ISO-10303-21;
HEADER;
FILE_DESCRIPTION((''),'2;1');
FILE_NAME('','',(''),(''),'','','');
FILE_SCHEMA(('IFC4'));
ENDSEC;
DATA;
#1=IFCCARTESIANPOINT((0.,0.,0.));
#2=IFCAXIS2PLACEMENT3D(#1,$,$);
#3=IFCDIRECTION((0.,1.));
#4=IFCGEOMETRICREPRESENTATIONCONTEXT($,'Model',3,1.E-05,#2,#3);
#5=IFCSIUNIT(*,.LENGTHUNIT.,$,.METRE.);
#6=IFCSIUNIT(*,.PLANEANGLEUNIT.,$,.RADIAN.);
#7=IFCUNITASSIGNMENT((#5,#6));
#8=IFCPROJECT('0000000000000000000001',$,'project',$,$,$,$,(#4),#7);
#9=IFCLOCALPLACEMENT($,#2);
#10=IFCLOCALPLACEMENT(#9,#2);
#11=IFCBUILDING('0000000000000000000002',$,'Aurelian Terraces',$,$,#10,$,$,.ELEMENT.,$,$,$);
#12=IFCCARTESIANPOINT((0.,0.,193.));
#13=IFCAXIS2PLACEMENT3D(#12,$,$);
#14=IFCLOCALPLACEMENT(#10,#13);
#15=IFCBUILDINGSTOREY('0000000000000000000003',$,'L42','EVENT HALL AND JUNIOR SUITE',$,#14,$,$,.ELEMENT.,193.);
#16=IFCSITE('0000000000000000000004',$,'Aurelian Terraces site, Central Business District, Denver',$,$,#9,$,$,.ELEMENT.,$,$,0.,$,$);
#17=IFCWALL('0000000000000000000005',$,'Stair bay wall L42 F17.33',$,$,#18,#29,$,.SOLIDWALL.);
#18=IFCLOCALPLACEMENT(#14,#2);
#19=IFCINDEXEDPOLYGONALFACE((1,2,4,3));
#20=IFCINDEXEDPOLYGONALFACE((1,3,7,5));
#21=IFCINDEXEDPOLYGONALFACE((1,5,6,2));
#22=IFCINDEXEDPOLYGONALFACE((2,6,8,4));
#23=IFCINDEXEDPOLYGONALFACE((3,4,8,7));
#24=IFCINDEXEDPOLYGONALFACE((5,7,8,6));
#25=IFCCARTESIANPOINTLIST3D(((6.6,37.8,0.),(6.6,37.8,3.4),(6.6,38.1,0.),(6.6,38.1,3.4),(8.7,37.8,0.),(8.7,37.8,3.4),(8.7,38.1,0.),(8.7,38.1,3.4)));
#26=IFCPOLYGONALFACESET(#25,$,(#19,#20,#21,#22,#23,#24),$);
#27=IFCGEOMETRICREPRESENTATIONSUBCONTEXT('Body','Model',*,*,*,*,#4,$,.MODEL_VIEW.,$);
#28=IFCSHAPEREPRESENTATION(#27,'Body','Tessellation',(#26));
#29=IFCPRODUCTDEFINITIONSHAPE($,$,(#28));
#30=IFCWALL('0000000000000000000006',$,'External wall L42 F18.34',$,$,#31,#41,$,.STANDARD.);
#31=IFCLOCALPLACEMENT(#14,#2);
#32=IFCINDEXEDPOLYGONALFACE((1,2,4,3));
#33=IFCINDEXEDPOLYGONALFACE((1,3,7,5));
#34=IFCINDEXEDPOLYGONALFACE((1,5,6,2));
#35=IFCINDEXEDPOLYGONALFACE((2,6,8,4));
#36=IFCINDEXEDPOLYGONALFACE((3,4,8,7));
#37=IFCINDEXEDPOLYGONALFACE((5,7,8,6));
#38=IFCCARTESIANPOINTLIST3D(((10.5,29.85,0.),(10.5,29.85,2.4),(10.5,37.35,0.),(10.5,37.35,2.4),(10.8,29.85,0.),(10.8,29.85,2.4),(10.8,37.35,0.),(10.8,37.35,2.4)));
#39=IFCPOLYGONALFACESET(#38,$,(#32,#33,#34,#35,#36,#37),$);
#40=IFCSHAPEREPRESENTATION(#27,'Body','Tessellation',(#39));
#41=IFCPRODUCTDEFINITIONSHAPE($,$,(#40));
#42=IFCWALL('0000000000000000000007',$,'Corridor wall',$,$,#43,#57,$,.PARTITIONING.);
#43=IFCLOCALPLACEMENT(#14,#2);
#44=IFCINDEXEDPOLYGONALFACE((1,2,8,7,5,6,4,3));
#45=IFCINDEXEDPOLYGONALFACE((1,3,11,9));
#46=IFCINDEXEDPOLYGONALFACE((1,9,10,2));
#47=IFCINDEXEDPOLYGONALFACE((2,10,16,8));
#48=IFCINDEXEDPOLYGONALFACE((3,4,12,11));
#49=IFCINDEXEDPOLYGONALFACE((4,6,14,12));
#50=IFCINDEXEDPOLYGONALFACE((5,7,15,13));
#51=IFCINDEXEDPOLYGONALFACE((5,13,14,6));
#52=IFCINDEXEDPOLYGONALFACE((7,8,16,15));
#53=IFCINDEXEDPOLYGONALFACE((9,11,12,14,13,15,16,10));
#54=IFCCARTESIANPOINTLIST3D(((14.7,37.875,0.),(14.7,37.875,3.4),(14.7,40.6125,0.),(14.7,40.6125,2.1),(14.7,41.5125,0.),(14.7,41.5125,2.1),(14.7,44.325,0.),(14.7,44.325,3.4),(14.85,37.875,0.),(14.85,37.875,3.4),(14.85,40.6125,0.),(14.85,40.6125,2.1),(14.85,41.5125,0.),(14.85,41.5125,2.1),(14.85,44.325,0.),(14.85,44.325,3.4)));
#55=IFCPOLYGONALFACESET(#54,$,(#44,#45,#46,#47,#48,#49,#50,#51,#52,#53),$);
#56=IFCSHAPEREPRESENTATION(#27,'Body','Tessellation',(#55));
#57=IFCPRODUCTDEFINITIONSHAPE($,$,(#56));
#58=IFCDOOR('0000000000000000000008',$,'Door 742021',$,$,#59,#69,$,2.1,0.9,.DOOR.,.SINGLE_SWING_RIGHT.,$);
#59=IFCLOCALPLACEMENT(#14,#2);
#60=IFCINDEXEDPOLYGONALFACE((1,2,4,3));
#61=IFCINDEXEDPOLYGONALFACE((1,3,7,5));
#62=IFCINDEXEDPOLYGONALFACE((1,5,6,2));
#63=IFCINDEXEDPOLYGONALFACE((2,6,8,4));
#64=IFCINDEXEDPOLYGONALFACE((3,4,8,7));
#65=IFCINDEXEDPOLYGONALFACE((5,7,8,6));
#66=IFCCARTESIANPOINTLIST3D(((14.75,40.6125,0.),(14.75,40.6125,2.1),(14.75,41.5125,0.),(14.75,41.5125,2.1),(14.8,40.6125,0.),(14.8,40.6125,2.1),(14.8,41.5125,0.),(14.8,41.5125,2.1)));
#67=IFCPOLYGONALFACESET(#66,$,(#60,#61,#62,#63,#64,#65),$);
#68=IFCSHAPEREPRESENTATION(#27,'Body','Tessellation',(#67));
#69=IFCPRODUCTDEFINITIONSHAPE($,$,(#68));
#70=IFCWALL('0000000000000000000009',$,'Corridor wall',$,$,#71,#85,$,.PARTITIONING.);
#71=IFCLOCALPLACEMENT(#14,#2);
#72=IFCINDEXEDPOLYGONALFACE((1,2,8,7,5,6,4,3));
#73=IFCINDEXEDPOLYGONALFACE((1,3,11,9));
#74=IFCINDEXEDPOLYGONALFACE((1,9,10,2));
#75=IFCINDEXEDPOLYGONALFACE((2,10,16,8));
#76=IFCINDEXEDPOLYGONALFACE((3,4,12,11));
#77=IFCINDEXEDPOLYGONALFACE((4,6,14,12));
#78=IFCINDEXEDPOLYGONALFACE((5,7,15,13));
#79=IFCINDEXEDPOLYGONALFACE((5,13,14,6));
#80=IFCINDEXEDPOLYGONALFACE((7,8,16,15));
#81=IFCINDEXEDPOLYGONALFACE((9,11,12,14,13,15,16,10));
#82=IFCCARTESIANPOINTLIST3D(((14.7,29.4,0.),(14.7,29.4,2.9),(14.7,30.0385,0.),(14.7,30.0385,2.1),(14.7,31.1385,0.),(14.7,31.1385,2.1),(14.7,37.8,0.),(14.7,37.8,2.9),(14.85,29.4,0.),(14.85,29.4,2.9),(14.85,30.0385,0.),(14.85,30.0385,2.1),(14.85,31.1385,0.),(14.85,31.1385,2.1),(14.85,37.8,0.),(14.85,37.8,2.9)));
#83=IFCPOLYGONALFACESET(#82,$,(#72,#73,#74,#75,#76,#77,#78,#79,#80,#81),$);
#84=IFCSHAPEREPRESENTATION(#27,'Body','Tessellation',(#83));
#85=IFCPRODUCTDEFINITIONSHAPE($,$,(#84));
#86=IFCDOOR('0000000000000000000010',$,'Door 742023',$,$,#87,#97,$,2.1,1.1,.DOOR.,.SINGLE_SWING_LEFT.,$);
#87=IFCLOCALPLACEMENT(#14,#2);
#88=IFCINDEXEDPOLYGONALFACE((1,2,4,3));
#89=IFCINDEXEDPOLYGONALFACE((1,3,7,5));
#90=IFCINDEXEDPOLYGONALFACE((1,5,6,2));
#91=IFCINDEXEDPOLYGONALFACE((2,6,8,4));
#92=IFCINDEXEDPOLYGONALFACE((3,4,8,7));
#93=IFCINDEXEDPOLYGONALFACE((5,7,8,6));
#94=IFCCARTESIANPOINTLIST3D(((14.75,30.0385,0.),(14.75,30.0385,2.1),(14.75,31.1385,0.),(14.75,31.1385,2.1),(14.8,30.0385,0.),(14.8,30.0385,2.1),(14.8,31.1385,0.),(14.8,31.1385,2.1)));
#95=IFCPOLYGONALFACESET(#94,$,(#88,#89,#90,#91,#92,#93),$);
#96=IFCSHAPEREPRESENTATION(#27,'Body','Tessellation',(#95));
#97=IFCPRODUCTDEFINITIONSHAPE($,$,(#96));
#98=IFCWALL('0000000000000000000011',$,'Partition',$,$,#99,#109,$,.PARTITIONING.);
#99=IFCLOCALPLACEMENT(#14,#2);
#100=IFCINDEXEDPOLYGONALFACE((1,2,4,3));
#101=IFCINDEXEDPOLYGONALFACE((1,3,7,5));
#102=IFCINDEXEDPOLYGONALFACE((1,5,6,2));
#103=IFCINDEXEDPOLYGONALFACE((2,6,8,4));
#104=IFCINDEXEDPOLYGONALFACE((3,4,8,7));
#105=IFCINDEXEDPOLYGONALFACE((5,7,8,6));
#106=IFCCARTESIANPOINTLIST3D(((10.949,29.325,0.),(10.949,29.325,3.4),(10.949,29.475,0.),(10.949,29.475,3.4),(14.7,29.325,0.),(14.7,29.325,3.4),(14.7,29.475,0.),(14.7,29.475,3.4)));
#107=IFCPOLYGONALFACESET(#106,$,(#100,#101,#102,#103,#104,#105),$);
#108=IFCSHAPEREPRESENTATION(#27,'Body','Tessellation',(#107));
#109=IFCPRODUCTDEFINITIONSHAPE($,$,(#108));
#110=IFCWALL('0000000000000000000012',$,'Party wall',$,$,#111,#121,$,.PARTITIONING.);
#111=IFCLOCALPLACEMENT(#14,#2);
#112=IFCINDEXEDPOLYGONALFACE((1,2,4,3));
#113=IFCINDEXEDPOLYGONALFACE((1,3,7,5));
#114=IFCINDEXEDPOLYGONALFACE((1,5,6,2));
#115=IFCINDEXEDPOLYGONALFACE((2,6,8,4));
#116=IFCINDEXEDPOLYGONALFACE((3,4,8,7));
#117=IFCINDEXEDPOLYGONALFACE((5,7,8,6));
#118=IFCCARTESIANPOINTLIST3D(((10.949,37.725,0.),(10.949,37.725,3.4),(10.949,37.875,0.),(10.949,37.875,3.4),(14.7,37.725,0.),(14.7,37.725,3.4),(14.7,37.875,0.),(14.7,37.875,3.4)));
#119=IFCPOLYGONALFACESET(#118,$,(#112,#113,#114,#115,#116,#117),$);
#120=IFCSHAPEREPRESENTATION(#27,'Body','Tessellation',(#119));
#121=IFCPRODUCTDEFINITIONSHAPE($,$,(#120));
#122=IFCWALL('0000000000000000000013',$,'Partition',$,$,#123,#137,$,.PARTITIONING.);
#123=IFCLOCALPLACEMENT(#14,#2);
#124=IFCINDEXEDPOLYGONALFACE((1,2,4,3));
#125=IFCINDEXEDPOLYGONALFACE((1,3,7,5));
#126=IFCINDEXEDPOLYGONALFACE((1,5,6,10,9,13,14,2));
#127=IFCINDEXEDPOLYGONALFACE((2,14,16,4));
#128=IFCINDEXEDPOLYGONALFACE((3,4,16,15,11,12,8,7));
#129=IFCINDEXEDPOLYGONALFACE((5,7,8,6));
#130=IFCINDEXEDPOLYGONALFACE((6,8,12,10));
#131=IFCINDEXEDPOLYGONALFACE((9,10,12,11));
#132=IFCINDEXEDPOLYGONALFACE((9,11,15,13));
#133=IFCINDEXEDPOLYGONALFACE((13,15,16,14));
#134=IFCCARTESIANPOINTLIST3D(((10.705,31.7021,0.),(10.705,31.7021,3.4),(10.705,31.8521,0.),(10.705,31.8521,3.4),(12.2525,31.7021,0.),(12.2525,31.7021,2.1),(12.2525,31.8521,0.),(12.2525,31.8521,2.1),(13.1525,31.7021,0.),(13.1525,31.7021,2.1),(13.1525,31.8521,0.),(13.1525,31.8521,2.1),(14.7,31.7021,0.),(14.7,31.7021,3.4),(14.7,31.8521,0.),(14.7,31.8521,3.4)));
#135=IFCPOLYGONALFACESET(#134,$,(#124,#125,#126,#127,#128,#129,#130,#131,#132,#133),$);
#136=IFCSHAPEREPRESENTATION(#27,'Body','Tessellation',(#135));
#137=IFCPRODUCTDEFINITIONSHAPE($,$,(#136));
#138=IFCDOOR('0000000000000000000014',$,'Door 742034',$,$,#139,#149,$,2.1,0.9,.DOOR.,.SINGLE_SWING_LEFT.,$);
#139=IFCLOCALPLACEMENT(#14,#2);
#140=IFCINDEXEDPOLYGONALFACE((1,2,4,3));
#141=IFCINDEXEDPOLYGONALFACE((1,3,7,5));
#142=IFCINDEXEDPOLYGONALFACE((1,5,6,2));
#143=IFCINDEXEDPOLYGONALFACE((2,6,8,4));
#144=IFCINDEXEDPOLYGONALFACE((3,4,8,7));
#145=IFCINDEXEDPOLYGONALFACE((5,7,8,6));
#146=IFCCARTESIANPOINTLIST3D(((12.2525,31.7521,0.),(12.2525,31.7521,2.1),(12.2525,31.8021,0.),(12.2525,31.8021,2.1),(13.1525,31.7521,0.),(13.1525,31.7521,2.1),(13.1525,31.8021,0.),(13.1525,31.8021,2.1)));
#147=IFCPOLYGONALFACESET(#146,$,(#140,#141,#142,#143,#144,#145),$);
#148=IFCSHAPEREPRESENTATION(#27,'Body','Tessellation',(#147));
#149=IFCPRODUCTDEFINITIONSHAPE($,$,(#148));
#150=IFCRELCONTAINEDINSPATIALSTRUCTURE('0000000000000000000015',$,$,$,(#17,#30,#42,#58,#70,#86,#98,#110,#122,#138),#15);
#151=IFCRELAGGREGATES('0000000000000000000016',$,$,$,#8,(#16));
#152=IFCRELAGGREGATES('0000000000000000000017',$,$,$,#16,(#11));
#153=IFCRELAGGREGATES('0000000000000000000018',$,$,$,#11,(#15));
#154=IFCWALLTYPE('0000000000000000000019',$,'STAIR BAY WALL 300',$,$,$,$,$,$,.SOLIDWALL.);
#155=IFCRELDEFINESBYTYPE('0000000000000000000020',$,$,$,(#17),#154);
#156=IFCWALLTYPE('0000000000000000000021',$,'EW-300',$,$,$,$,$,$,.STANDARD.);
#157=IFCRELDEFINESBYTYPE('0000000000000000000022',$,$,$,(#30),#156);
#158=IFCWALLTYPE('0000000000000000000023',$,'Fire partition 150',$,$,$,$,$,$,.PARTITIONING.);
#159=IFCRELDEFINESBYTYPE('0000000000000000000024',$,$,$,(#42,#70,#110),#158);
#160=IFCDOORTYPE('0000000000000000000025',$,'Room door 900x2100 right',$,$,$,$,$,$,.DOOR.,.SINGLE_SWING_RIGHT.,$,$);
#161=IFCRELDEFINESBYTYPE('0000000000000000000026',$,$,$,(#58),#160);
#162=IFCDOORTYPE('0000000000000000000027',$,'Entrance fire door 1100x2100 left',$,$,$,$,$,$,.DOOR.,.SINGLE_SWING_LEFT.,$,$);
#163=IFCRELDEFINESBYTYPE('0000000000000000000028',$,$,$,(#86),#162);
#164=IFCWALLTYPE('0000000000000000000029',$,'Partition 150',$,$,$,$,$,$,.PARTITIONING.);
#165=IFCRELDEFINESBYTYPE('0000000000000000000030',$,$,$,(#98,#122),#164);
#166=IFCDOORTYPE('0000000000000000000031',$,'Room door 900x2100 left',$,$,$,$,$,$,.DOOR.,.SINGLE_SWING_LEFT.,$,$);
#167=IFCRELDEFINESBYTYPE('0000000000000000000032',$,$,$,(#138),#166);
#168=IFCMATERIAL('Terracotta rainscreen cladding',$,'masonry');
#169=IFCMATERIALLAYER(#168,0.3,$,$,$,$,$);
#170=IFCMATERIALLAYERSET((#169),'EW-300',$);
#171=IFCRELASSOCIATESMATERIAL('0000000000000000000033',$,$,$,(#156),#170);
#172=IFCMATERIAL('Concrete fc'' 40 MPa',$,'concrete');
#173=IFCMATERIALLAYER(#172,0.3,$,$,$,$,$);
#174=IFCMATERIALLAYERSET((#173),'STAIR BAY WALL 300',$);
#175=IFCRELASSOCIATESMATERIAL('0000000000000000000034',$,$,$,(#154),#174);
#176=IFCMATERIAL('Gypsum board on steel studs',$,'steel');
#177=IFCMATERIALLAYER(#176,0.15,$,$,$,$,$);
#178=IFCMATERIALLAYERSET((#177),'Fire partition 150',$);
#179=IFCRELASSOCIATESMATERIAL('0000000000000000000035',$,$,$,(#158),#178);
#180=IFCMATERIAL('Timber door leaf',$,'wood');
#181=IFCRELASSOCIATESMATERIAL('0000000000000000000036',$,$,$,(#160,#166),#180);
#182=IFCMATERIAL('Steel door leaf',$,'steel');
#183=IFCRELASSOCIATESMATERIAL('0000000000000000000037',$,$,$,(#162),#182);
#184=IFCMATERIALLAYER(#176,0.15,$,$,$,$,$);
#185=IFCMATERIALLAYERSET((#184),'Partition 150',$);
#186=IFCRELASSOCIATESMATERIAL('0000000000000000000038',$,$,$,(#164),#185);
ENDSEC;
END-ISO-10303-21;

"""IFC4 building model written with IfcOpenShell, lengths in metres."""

from ifc_helpers import new_model, si_unit, direction, frame, frame_2d, origin, place, context, subcontext, project, spatial, rectangle, extrude, source, transform, mapped, material, layer, layer_set, type_object, element, fill, save


model = new_model("IFC4")

# Units and contexts
model_context = context("Model", 3, precision=1e-05, world=origin(), true_north=direction((0.0, 1.0)))
body_context = subcontext(model_context, "Body", "Model", "MODEL_VIEW")
ifc_project = project(units=[si_unit("LENGTHUNIT", "METRE"), si_unit("PLANEANGLEUNIT", "RADIAN")], contexts=[model_context])

# Site, building, storey
site_placement = place(None, origin())
site = spatial("IfcSite", under=ifc_project, at=site_placement, Name="Aurelian Terraces site, Central Business District, Denver", CompositionType="ELEMENT", RefElevation=0.0)
building_placement = place(site_placement, origin())
building = spatial("IfcBuilding", under=site, at=building_placement, Name="Aurelian Terraces", CompositionType="ELEMENT")
storey_placement = place(building_placement, frame((0.0, 0.0, 193.0)))
storey = spatial("IfcBuildingStorey", under=building, at=storey_placement, Name="L42", Description="EVENT HALL AND JUNIOR SUITE", CompositionType="ELEMENT", Elevation=193.0)

# Shared definitions
ifc_material_1 = material(Name="Concrete fc' 40 MPa", Category="concrete")

# Shared definitions
ifc_material_2 = material(Name="Terracotta rainscreen cladding", Category="masonry")
ifc_layer_1 = layer(ifc_material_2, 0.3)
ifc_layer_set_1 = layer_set([ifc_layer_1], Name="EW-300")
wall_type_1 = type_object("IfcWallType", Name="EW-300", PredefinedType="STANDARD", material=ifc_layer_set_1)

# Walls
ifc_layer_2 = layer(ifc_material_1, 0.3)
ifc_layer_set_2 = layer_set([ifc_layer_2], Name="STAIR BAY WALL 300")
wall_type_2 = type_object("IfcWallType", Name="STAIR BAY WALL 300", PredefinedType="SOLIDWALL", material=ifc_layer_set_2)
shared_shape_1 = source(origin(), body_context, "Body", "SweptSolid", [
    extrude(rectangle(XDim=2.1, YDim=0.3, at=frame_2d((1.05, 0.0))), origin(), (0.0, 0.0, 1.0), 3.4),
])
wall_1_placement = place(storey_placement, frame((6.6, 37.95, 0.0), z_axis=(0.0, 0.0, 1.0), x_axis=(1.0, 0.0, 0.0)))
element("IfcWall", 1, at=wall_1_placement, inside=storey, type_object=wall_type_2, Name="Stair bay wall L42 F17.33", PredefinedType="SOLIDWALL", context=body_context, shape_type="MappedRepresentation", body=[
    mapped(shared_shape_1, transform((0.0, 0.0, 0.0), scale=1.0)),
])
shared_shape_2 = source(origin(), body_context, "Body", "SweptSolid", [
    extrude(rectangle(XDim=7.5, YDim=0.3, at=frame_2d((3.75, 0.0))), origin(), (0.0, 0.0, 1.0), 2.4),
])
wall_2_placement = place(storey_placement, frame((10.65, 37.35, 0.0), z_axis=(0.0, 0.0, 1.0), x_axis=(0.0, -1.0, 0.0)))
element("IfcWall", 2, at=wall_2_placement, inside=storey, type_object=wall_type_1, Name="External wall L42 F18.34", PredefinedType="STANDARD", context=body_context, shape_type="MappedRepresentation", body=[
    mapped(shared_shape_2, transform((0.0, 0.0, 0.0), scale=1.0)),
])

# Walls, openings, doors
ifc_material_3 = material(Name="Gypsum board on steel studs", Category="steel")
ifc_layer_3 = layer(ifc_material_3, 0.15)
ifc_layer_set_3 = layer_set([ifc_layer_3], Name="Fire partition 150")
wall_type_3 = type_object("IfcWallType", Name="Fire partition 150", PredefinedType="PARTITIONING", material=ifc_layer_set_3)
shared_shape_3 = source(origin(), body_context, "Body", "SweptSolid", [
    extrude(rectangle(XDim=6.45, YDim=0.15, at=frame_2d((3.225, 0.0))), origin(), (0.0, 0.0, 1.0), 3.4),
])
wall_3_placement = place(storey_placement, frame((14.775, 37.875, 0.0), z_axis=(0.0, 0.0, 1.0), x_axis=(0.0, 1.0, 0.0)))
wall_3 = element("IfcWall", 3, at=wall_3_placement, inside=storey, type_object=wall_type_3, Name="Corridor wall", PredefinedType="PARTITIONING", context=body_context, shape_type="MappedRepresentation", body=[
    mapped(shared_shape_3, transform((0.0, 0.0, 0.0), scale=1.0)),
])
shared_shape_4 = source(origin(), body_context, "Body", "SweptSolid", [
    extrude(rectangle(XDim=0.9, YDim=2.1, at=frame_2d((0.45, 1.05))), frame((0.0, 0.085, 0.0), z_axis=(0.0, -1.0, 0.0), x_axis=(1.0, 0.0, 0.0)), (0.0, 0.0, 1.0), 0.17),
])
opening_1_placement = place(wall_3_placement, frame((2.7375, 0.0, 0.0)))
opening_1 = element("IfcOpeningElement", 4, at=opening_1_placement, cuts=wall_3, PredefinedType="OPENING", context=body_context, shape_type="MappedRepresentation", body=[
    mapped(shared_shape_4, transform((0.0, 0.0, 0.0), scale=1.0)),
])
ifc_material_4 = material(Name="Timber door leaf", Category="wood")
door_type_1 = type_object("IfcDoorType", Name="Room door 900x2100 right", OperationType="SINGLE_SWING_RIGHT", PredefinedType="DOOR", material=ifc_material_4)
shared_shape_5 = source(origin(), body_context, "Body", "SweptSolid", [
    extrude(rectangle(XDim=0.9, YDim=2.1, at=frame_2d((0.45, 1.05))), frame((0.0, 0.025, 0.0), z_axis=(0.0, -1.0, 0.0), x_axis=(1.0, 0.0, 0.0)), (0.0, 0.0, 1.0), 0.05),
])
door_1_placement = place(opening_1_placement, origin())
door_1 = element("IfcDoor", 5, at=door_1_placement, inside=storey, type_object=door_type_1, Name="Door 742021", OperationType="SINGLE_SWING_RIGHT", OverallHeight=2.1, OverallWidth=0.9, PredefinedType="DOOR", context=body_context, shape_type="MappedRepresentation", body=[
    mapped(shared_shape_5, transform((0.0, 0.0, 0.0), scale=1.0)),
])
fill(opening_1, door_1)
shared_shape_6 = source(origin(), body_context, "Body", "SweptSolid", [
    extrude(rectangle(XDim=8.4, YDim=0.15, at=frame_2d((4.2, 0.0))), origin(), (0.0, 0.0, 1.0), 2.9),
])
wall_4_placement = place(storey_placement, frame((14.775, 29.4, 0.0), z_axis=(0.0, 0.0, 1.0), x_axis=(0.0, 1.0, 0.0)))
wall_4 = element("IfcWall", 6, at=wall_4_placement, inside=storey, type_object=wall_type_3, Name="Corridor wall", PredefinedType="PARTITIONING", context=body_context, shape_type="MappedRepresentation", body=[
    mapped(shared_shape_6, transform((0.0, 0.0, 0.0), scale=1.0)),
])
shared_shape_7 = source(origin(), body_context, "Body", "SweptSolid", [
    extrude(rectangle(XDim=1.1, YDim=2.1, at=frame_2d((0.55, 1.05))), frame((0.0, 0.085, 0.0), z_axis=(0.0, -1.0, 0.0), x_axis=(1.0, 0.0, 0.0)), (0.0, 0.0, 1.0), 0.17),
])
opening_2_placement = place(wall_4_placement, frame((0.6385, 0.0, 0.0)))
opening_2 = element("IfcOpeningElement", 7, at=opening_2_placement, cuts=wall_4, PredefinedType="OPENING", context=body_context, shape_type="MappedRepresentation", body=[
    mapped(shared_shape_7, transform((0.0, 0.0, 0.0), scale=1.0)),
])
ifc_material_5 = material(Name="Steel door leaf", Category="steel")
door_type_2 = type_object("IfcDoorType", Name="Entrance fire door 1100x2100 left", OperationType="SINGLE_SWING_LEFT", PredefinedType="DOOR", material=ifc_material_5)
shared_shape_8 = source(origin(), body_context, "Body", "SweptSolid", [
    extrude(rectangle(XDim=1.1, YDim=2.1, at=frame_2d((0.55, 1.05))), frame((0.0, 0.025, 0.0), z_axis=(0.0, -1.0, 0.0), x_axis=(1.0, 0.0, 0.0)), (0.0, 0.0, 1.0), 0.05),
])
door_2_placement = place(opening_2_placement, origin())
door_2 = element("IfcDoor", 8, at=door_2_placement, inside=storey, type_object=door_type_2, Name="Door 742023", OperationType="SINGLE_SWING_LEFT", OverallHeight=2.1, OverallWidth=1.1, PredefinedType="DOOR", context=body_context, shape_type="MappedRepresentation", body=[
    mapped(shared_shape_8, transform((0.0, 0.0, 0.0), scale=1.0)),
])
fill(opening_2, door_2)

# Walls
ifc_layer_4 = layer(ifc_material_3, 0.15)
ifc_layer_set_4 = layer_set([ifc_layer_4], Name="Partition 150")
wall_type_4 = type_object("IfcWallType", Name="Partition 150", PredefinedType="PARTITIONING", material=ifc_layer_set_4)
shared_shape_9 = source(origin(), body_context, "Body", "SweptSolid", [
    extrude(rectangle(XDim=3.751, YDim=0.15, at=frame_2d((1.8755, 0.0))), origin(), (0.0, 0.0, 1.0), 3.4),
])
wall_5_placement = place(storey_placement, frame((14.7, 29.4, 0.0), z_axis=(0.0, 0.0, 1.0), x_axis=(-1.0, 0.0, 0.0)))
element("IfcWall", 9, at=wall_5_placement, inside=storey, type_object=wall_type_4, Name="Partition", PredefinedType="PARTITIONING", context=body_context, shape_type="MappedRepresentation", body=[
    mapped(shared_shape_9, transform((0.0, 0.0, 0.0), scale=1.0)),
])
wall_6_placement = place(storey_placement, frame((14.7, 37.8, 0.0), z_axis=(0.0, 0.0, 1.0), x_axis=(-1.0, 0.0, 0.0)))
element("IfcWall", 10, at=wall_6_placement, inside=storey, type_object=wall_type_3, Name="Party wall", PredefinedType="PARTITIONING", context=body_context, shape_type="MappedRepresentation", body=[
    mapped(shared_shape_9, transform((0.0, 0.0, 0.0), scale=1.0)),
])

# Wall, opening, door
shared_shape_10 = source(origin(), body_context, "Body", "SweptSolid", [
    extrude(rectangle(XDim=3.995, YDim=0.15, at=frame_2d((1.9975, 0.0))), origin(), (0.0, 0.0, 1.0), 3.4),
])
wall_7_placement = place(storey_placement, frame((14.7, 31.7771, 0.0), z_axis=(0.0, 0.0, 1.0), x_axis=(-1.0, 0.0, 0.0)))
wall_7 = element("IfcWall", 11, at=wall_7_placement, inside=storey, type_object=wall_type_4, Name="Partition", PredefinedType="PARTITIONING", context=body_context, shape_type="MappedRepresentation", body=[
    mapped(shared_shape_10, transform((0.0, 0.0, 0.0), scale=1.0)),
])
opening_3_placement = place(wall_7_placement, frame((1.5475, 0.0, 0.0)))
opening_3 = element("IfcOpeningElement", 12, at=opening_3_placement, cuts=wall_7, PredefinedType="OPENING", context=body_context, shape_type="MappedRepresentation", body=[
    mapped(shared_shape_4, transform((0.0, 0.0, 0.0), scale=1.0)),
])
door_type_3 = type_object("IfcDoorType", Name="Room door 900x2100 left", OperationType="SINGLE_SWING_LEFT", PredefinedType="DOOR", material=ifc_material_4)
door_3_placement = place(opening_3_placement, origin())
door_3 = element("IfcDoor", 13, at=door_3_placement, inside=storey, type_object=door_type_3, Name="Door 742034", OperationType="SINGLE_SWING_LEFT", OverallHeight=2.1, OverallWidth=0.9, PredefinedType="DOOR", context=body_context, shape_type="MappedRepresentation", body=[
    mapped(shared_shape_5, transform((0.0, 0.0, 0.0), scale=1.0)),
])
fill(opening_3, door_3)

save(model, "model.ifc")
